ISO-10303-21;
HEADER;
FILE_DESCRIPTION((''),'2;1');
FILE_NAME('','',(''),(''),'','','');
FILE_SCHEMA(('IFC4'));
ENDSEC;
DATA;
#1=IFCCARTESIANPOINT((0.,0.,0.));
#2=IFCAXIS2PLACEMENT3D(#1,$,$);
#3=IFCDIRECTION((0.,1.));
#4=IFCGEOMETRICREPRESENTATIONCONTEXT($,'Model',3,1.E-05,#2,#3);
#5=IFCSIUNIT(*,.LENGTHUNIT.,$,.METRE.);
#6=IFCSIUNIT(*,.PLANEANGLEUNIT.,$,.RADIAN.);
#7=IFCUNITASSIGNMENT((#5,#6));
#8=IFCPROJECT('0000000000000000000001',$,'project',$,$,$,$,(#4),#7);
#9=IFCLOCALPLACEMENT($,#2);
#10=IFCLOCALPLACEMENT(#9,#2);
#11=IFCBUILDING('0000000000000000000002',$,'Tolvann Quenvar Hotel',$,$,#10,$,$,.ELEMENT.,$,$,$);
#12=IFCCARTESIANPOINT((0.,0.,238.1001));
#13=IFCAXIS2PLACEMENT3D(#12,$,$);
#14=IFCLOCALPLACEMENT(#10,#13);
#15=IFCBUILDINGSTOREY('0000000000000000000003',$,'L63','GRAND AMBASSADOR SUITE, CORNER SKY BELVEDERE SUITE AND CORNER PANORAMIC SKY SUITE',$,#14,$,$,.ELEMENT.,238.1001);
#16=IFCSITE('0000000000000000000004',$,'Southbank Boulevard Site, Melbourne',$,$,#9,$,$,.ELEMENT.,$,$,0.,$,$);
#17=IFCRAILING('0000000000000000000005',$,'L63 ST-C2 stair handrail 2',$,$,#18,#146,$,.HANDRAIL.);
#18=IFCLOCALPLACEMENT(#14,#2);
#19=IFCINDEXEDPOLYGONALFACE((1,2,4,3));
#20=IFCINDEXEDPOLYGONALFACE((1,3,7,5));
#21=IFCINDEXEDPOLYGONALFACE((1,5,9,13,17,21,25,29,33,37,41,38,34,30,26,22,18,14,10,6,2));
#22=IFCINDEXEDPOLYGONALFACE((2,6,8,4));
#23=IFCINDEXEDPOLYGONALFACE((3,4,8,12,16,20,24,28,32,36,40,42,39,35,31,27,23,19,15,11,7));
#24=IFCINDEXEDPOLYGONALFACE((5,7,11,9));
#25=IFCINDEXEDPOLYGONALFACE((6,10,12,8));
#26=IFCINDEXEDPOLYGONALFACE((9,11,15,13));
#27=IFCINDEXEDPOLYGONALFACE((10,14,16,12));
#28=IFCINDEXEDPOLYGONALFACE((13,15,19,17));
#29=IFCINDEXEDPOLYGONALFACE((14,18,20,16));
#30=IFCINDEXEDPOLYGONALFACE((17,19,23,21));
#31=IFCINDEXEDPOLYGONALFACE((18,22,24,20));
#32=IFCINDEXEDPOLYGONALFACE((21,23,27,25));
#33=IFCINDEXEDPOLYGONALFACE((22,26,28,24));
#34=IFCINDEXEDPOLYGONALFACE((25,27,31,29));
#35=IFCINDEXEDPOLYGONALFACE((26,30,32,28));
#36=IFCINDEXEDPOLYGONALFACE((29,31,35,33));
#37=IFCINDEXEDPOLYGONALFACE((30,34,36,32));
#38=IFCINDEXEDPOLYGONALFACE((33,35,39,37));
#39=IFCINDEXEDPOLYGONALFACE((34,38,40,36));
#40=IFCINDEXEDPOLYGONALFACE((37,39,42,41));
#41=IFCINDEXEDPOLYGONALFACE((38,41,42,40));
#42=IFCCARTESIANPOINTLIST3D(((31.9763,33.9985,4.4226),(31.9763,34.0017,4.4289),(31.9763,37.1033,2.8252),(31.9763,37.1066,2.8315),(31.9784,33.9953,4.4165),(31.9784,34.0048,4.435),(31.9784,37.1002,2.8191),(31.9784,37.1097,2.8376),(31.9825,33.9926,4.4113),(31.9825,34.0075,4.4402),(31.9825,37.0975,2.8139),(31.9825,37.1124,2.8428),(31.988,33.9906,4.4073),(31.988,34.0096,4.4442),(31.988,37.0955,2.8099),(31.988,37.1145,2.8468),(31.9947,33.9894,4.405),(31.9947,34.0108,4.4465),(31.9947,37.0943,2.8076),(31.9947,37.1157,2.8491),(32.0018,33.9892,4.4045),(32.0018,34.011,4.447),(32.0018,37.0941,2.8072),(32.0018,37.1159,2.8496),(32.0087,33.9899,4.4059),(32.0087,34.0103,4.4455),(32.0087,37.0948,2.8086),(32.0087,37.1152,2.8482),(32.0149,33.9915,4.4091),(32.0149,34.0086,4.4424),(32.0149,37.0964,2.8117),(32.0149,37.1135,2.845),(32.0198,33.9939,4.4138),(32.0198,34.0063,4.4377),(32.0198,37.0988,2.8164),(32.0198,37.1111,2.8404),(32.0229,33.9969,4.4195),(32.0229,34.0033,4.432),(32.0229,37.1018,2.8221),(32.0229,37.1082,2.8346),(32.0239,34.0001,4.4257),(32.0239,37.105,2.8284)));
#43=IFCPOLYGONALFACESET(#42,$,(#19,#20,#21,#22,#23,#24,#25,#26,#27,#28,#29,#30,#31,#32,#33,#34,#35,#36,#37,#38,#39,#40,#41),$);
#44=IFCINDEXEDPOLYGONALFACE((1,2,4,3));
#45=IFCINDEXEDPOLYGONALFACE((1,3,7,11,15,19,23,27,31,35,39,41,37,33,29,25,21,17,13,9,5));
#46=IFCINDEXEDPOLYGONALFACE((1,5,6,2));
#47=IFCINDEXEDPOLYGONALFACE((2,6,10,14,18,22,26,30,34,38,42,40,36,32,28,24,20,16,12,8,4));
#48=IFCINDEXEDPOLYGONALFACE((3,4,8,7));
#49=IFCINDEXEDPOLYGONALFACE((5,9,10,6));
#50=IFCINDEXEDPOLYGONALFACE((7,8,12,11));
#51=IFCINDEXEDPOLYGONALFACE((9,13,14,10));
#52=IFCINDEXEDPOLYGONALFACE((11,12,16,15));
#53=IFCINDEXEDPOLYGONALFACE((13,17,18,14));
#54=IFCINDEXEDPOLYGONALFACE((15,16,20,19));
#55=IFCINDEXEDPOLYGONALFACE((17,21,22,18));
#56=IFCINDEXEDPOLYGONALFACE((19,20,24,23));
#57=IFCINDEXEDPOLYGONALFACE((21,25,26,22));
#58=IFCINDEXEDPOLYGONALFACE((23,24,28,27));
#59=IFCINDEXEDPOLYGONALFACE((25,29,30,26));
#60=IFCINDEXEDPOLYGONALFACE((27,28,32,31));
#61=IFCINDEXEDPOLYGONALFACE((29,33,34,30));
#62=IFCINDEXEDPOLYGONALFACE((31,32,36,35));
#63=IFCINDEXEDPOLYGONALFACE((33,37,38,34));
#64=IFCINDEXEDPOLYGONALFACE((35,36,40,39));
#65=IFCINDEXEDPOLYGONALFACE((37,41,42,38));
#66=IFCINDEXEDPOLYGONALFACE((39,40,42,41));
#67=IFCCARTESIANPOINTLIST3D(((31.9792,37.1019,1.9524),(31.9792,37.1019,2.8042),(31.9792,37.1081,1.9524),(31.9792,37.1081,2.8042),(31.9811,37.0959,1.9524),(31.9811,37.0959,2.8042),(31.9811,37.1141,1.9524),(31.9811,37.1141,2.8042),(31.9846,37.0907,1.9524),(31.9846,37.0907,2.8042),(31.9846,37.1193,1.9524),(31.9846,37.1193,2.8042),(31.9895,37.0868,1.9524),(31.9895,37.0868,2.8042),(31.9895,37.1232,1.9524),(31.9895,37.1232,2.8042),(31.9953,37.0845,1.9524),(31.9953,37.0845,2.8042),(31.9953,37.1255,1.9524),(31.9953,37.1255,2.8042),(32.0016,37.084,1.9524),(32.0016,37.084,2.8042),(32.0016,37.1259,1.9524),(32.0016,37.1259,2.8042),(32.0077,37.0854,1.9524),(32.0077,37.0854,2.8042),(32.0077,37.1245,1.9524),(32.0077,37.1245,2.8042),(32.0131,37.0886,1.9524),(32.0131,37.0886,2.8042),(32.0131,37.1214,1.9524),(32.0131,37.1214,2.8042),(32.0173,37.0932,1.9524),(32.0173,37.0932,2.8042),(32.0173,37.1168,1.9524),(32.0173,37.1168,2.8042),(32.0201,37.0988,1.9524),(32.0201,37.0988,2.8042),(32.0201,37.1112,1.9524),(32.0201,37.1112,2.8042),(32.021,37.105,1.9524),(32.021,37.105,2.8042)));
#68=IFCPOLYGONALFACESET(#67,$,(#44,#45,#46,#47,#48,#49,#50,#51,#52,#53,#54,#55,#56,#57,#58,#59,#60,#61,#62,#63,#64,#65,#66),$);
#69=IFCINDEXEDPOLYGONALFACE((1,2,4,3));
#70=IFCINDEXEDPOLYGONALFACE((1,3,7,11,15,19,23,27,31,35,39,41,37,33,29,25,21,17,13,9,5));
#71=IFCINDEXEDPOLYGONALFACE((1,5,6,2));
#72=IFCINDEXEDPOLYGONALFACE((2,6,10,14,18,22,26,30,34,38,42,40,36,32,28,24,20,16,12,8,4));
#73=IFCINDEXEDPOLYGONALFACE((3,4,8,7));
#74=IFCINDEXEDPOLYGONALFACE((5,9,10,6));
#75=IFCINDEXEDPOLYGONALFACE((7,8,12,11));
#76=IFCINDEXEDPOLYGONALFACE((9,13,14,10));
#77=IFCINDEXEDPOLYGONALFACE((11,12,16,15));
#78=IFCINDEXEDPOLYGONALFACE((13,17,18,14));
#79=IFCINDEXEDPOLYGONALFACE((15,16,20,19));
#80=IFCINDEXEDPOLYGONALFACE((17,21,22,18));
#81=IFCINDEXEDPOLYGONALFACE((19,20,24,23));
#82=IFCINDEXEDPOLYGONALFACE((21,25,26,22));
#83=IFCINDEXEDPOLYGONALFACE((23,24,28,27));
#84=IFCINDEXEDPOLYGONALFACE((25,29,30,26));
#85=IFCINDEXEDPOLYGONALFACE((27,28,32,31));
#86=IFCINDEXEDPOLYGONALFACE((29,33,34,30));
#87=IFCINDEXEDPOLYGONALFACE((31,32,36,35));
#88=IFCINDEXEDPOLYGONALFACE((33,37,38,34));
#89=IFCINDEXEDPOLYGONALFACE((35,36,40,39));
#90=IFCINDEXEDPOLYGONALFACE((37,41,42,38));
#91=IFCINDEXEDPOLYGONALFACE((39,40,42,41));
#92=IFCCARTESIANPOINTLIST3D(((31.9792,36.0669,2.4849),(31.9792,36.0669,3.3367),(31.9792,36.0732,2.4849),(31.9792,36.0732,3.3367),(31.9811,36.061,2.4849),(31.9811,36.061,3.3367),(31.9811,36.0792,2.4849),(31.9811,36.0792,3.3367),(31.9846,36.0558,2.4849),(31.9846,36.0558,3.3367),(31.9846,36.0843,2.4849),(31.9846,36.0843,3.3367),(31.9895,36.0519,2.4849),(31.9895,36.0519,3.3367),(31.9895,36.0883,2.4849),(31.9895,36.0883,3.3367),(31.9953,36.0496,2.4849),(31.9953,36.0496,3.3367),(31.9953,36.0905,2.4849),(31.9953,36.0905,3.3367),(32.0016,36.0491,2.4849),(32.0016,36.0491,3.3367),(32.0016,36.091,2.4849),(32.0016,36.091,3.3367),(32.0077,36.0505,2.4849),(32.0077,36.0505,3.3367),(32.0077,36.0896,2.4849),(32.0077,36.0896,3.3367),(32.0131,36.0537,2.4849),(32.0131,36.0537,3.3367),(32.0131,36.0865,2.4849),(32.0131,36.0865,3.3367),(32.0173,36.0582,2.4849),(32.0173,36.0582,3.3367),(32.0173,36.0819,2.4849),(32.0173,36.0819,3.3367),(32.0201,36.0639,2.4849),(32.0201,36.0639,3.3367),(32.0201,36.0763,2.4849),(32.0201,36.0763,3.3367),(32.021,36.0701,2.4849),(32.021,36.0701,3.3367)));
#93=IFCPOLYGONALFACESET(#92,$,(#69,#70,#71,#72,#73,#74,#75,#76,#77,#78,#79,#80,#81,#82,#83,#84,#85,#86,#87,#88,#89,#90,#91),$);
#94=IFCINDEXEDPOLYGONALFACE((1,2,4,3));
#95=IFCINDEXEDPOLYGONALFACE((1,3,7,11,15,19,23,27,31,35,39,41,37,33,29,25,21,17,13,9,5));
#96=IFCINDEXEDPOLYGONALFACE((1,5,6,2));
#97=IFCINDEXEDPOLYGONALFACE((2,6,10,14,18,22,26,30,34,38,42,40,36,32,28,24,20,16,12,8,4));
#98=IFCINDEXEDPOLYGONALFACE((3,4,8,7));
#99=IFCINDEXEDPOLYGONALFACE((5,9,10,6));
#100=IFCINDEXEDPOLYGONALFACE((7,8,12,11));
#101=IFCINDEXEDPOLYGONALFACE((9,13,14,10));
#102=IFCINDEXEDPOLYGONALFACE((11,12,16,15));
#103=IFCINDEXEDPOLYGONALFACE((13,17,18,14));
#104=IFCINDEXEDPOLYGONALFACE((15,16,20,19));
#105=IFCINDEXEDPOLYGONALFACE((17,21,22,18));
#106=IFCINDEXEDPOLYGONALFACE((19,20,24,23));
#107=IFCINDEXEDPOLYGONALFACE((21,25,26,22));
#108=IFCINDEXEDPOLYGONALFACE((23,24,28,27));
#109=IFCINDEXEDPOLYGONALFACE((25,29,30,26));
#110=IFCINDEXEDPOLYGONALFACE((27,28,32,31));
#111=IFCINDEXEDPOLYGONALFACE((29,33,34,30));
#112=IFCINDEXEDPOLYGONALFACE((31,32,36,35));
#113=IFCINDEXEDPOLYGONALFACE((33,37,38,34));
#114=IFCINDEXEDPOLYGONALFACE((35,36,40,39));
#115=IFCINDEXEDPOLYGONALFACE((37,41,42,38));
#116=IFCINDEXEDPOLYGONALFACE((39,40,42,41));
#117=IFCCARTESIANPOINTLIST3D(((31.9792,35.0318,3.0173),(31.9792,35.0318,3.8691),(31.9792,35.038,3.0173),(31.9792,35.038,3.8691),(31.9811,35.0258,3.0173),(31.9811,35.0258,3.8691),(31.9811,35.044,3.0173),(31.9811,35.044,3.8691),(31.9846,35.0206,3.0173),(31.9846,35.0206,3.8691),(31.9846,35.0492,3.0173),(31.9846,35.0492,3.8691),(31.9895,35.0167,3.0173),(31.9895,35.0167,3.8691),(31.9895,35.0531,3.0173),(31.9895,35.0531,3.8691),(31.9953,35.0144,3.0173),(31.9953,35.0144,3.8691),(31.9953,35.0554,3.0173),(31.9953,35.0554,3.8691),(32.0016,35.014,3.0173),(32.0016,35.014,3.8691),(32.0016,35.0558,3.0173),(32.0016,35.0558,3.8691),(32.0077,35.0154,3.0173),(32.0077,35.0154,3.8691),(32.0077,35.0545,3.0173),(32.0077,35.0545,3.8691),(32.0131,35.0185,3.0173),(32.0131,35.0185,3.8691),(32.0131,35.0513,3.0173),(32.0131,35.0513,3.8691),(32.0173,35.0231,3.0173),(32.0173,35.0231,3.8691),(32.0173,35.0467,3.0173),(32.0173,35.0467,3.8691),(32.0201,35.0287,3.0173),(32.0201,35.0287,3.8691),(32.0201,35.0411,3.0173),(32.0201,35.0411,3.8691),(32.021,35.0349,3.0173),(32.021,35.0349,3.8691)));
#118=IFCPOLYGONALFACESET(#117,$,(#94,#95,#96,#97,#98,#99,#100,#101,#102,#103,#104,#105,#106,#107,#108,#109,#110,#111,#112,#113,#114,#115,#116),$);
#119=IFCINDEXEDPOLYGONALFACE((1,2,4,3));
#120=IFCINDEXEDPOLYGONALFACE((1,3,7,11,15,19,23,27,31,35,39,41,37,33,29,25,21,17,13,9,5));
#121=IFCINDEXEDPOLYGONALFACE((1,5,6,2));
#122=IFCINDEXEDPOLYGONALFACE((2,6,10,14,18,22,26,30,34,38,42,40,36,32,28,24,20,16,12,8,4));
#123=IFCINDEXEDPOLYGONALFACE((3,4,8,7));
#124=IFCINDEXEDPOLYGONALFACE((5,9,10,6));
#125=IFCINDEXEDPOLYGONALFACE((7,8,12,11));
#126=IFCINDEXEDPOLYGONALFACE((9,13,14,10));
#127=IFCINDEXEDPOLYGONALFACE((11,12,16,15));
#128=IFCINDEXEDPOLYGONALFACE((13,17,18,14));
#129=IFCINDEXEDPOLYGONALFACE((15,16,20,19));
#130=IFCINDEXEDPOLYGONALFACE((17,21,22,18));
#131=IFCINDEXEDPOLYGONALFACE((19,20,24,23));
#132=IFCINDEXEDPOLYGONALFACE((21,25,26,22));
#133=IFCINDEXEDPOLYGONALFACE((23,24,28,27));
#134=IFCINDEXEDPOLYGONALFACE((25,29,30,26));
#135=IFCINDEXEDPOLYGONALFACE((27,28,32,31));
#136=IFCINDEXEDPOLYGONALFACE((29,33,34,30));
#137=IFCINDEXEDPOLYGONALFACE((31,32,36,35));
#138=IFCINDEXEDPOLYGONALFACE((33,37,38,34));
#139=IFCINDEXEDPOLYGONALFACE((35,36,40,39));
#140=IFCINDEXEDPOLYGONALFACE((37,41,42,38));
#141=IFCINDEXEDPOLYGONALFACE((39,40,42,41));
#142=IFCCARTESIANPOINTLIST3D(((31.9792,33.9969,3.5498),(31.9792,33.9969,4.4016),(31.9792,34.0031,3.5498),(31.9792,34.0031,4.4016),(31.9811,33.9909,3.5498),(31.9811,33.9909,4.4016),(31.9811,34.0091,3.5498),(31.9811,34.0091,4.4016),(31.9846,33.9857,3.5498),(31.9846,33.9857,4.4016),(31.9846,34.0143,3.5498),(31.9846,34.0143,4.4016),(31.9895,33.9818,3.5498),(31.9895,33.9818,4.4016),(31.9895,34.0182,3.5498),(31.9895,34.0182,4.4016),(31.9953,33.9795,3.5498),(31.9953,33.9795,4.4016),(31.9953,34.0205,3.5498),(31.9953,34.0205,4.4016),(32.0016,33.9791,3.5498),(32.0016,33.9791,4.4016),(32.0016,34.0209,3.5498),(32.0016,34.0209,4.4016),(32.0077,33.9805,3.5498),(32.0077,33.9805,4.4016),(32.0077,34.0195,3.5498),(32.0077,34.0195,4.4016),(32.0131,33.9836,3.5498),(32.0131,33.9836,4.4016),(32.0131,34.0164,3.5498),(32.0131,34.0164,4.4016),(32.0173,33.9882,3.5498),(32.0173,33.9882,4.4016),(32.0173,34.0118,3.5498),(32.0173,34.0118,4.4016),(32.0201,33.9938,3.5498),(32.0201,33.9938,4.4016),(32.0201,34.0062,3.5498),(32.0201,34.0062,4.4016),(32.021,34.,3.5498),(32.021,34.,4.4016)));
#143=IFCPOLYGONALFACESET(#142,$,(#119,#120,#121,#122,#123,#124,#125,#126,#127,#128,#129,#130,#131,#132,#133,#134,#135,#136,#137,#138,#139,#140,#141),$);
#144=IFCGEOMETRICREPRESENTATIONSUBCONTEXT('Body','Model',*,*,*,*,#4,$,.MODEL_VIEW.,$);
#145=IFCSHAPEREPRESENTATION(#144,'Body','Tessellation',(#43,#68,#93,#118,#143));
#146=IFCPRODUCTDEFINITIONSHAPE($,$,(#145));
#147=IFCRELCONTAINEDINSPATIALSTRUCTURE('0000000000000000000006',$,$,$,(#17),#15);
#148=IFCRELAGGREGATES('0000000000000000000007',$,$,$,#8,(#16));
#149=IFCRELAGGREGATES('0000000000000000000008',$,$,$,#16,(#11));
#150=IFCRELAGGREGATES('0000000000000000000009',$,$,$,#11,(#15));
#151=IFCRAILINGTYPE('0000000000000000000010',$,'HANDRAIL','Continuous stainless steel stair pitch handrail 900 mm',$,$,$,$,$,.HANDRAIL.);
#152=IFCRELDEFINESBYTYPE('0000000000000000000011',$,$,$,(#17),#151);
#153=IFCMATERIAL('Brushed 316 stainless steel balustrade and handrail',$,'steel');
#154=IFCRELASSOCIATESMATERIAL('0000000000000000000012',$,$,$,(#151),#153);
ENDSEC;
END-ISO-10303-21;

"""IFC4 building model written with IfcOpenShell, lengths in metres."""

from ifc_helpers import new_model, si_unit, direction, frame, origin, origin_2d, place, context, subcontext, project, spatial, circle, extrude, material, type_object, element, save


model = new_model("IFC4")

# Units and contexts
model_context = context("Model", 3, precision=1e-05, world=origin(), true_north=direction((0.0, 1.0)))
body_context = subcontext(model_context, "Body", "Model", "MODEL_VIEW")
ifc_project = project(units=[si_unit("LENGTHUNIT", "METRE"), si_unit("PLANEANGLEUNIT", "RADIAN")], contexts=[model_context])

# Site, building, storey
site_placement = place(None, origin())
site = spatial("IfcSite", under=ifc_project, at=site_placement, Name="Southbank Boulevard Site, Melbourne", CompositionType="ELEMENT", RefElevation=0.0)
building_placement = place(site_placement, origin())
building = spatial("IfcBuilding", under=site, at=building_placement, Name="Tolvann Quenvar Hotel", CompositionType="ELEMENT")
storey_placement = place(building_placement, frame((0.0, 0.0, 238.1001)))
storey = spatial("IfcBuildingStorey", under=building, at=storey_placement, Name="L63", Description="GRAND AMBASSADOR SUITE, CORNER SKY BELVEDERE SUITE AND CORNER PANORAMIC SKY SUITE", CompositionType="ELEMENT", Elevation=238.1001)

# Railing
ifc_material_1 = material(Name="Brushed 316 stainless steel balustrade and handrail", Category="steel")
railing_type_1 = type_object("IfcRailingType", Name="HANDRAIL", Description="Continuous stainless steel stair pitch handrail 900 mm", PredefinedType="HANDRAIL", material=ifc_material_1)
railing_1_placement = place(storey_placement, frame((32.0, 37.105, 1.9524)))
element("IfcRailing", 1, at=railing_1_placement, inside=storey, type_object=railing_type_1, Name="L63 ST-C2 stair handrail 2", PredefinedType="HANDRAIL", context=body_context, shape_type="SweptSolid", body=[
    extrude(circle(Radius=0.0239, at=origin_2d()), frame((0.0, 0.0, 0.876), z_axis=(0.0, -0.889222, 0.457476), x_axis=(1.0, 0.0, 0.0)), (0.0, 0.0, 1.0), 3.4917),
    extrude(circle(Radius=0.021, at=origin_2d()), origin(), (0.0, 0.0, 1.0), 0.8518),
    extrude(circle(Radius=0.021, at=origin_2d()), frame((0.0, -1.0349, 0.5325)), (0.0, 0.0, 1.0), 0.8518),
    extrude(circle(Radius=0.021, at=origin_2d()), frame((0.0, -2.0701, 1.0649)), (0.0, 0.0, 1.0), 0.8518),
    extrude(circle(Radius=0.021, at=origin_2d()), frame((0.0, -3.105, 1.5974)), (0.0, 0.0, 1.0), 0.8518),
])

save(model, "model.ifc")
